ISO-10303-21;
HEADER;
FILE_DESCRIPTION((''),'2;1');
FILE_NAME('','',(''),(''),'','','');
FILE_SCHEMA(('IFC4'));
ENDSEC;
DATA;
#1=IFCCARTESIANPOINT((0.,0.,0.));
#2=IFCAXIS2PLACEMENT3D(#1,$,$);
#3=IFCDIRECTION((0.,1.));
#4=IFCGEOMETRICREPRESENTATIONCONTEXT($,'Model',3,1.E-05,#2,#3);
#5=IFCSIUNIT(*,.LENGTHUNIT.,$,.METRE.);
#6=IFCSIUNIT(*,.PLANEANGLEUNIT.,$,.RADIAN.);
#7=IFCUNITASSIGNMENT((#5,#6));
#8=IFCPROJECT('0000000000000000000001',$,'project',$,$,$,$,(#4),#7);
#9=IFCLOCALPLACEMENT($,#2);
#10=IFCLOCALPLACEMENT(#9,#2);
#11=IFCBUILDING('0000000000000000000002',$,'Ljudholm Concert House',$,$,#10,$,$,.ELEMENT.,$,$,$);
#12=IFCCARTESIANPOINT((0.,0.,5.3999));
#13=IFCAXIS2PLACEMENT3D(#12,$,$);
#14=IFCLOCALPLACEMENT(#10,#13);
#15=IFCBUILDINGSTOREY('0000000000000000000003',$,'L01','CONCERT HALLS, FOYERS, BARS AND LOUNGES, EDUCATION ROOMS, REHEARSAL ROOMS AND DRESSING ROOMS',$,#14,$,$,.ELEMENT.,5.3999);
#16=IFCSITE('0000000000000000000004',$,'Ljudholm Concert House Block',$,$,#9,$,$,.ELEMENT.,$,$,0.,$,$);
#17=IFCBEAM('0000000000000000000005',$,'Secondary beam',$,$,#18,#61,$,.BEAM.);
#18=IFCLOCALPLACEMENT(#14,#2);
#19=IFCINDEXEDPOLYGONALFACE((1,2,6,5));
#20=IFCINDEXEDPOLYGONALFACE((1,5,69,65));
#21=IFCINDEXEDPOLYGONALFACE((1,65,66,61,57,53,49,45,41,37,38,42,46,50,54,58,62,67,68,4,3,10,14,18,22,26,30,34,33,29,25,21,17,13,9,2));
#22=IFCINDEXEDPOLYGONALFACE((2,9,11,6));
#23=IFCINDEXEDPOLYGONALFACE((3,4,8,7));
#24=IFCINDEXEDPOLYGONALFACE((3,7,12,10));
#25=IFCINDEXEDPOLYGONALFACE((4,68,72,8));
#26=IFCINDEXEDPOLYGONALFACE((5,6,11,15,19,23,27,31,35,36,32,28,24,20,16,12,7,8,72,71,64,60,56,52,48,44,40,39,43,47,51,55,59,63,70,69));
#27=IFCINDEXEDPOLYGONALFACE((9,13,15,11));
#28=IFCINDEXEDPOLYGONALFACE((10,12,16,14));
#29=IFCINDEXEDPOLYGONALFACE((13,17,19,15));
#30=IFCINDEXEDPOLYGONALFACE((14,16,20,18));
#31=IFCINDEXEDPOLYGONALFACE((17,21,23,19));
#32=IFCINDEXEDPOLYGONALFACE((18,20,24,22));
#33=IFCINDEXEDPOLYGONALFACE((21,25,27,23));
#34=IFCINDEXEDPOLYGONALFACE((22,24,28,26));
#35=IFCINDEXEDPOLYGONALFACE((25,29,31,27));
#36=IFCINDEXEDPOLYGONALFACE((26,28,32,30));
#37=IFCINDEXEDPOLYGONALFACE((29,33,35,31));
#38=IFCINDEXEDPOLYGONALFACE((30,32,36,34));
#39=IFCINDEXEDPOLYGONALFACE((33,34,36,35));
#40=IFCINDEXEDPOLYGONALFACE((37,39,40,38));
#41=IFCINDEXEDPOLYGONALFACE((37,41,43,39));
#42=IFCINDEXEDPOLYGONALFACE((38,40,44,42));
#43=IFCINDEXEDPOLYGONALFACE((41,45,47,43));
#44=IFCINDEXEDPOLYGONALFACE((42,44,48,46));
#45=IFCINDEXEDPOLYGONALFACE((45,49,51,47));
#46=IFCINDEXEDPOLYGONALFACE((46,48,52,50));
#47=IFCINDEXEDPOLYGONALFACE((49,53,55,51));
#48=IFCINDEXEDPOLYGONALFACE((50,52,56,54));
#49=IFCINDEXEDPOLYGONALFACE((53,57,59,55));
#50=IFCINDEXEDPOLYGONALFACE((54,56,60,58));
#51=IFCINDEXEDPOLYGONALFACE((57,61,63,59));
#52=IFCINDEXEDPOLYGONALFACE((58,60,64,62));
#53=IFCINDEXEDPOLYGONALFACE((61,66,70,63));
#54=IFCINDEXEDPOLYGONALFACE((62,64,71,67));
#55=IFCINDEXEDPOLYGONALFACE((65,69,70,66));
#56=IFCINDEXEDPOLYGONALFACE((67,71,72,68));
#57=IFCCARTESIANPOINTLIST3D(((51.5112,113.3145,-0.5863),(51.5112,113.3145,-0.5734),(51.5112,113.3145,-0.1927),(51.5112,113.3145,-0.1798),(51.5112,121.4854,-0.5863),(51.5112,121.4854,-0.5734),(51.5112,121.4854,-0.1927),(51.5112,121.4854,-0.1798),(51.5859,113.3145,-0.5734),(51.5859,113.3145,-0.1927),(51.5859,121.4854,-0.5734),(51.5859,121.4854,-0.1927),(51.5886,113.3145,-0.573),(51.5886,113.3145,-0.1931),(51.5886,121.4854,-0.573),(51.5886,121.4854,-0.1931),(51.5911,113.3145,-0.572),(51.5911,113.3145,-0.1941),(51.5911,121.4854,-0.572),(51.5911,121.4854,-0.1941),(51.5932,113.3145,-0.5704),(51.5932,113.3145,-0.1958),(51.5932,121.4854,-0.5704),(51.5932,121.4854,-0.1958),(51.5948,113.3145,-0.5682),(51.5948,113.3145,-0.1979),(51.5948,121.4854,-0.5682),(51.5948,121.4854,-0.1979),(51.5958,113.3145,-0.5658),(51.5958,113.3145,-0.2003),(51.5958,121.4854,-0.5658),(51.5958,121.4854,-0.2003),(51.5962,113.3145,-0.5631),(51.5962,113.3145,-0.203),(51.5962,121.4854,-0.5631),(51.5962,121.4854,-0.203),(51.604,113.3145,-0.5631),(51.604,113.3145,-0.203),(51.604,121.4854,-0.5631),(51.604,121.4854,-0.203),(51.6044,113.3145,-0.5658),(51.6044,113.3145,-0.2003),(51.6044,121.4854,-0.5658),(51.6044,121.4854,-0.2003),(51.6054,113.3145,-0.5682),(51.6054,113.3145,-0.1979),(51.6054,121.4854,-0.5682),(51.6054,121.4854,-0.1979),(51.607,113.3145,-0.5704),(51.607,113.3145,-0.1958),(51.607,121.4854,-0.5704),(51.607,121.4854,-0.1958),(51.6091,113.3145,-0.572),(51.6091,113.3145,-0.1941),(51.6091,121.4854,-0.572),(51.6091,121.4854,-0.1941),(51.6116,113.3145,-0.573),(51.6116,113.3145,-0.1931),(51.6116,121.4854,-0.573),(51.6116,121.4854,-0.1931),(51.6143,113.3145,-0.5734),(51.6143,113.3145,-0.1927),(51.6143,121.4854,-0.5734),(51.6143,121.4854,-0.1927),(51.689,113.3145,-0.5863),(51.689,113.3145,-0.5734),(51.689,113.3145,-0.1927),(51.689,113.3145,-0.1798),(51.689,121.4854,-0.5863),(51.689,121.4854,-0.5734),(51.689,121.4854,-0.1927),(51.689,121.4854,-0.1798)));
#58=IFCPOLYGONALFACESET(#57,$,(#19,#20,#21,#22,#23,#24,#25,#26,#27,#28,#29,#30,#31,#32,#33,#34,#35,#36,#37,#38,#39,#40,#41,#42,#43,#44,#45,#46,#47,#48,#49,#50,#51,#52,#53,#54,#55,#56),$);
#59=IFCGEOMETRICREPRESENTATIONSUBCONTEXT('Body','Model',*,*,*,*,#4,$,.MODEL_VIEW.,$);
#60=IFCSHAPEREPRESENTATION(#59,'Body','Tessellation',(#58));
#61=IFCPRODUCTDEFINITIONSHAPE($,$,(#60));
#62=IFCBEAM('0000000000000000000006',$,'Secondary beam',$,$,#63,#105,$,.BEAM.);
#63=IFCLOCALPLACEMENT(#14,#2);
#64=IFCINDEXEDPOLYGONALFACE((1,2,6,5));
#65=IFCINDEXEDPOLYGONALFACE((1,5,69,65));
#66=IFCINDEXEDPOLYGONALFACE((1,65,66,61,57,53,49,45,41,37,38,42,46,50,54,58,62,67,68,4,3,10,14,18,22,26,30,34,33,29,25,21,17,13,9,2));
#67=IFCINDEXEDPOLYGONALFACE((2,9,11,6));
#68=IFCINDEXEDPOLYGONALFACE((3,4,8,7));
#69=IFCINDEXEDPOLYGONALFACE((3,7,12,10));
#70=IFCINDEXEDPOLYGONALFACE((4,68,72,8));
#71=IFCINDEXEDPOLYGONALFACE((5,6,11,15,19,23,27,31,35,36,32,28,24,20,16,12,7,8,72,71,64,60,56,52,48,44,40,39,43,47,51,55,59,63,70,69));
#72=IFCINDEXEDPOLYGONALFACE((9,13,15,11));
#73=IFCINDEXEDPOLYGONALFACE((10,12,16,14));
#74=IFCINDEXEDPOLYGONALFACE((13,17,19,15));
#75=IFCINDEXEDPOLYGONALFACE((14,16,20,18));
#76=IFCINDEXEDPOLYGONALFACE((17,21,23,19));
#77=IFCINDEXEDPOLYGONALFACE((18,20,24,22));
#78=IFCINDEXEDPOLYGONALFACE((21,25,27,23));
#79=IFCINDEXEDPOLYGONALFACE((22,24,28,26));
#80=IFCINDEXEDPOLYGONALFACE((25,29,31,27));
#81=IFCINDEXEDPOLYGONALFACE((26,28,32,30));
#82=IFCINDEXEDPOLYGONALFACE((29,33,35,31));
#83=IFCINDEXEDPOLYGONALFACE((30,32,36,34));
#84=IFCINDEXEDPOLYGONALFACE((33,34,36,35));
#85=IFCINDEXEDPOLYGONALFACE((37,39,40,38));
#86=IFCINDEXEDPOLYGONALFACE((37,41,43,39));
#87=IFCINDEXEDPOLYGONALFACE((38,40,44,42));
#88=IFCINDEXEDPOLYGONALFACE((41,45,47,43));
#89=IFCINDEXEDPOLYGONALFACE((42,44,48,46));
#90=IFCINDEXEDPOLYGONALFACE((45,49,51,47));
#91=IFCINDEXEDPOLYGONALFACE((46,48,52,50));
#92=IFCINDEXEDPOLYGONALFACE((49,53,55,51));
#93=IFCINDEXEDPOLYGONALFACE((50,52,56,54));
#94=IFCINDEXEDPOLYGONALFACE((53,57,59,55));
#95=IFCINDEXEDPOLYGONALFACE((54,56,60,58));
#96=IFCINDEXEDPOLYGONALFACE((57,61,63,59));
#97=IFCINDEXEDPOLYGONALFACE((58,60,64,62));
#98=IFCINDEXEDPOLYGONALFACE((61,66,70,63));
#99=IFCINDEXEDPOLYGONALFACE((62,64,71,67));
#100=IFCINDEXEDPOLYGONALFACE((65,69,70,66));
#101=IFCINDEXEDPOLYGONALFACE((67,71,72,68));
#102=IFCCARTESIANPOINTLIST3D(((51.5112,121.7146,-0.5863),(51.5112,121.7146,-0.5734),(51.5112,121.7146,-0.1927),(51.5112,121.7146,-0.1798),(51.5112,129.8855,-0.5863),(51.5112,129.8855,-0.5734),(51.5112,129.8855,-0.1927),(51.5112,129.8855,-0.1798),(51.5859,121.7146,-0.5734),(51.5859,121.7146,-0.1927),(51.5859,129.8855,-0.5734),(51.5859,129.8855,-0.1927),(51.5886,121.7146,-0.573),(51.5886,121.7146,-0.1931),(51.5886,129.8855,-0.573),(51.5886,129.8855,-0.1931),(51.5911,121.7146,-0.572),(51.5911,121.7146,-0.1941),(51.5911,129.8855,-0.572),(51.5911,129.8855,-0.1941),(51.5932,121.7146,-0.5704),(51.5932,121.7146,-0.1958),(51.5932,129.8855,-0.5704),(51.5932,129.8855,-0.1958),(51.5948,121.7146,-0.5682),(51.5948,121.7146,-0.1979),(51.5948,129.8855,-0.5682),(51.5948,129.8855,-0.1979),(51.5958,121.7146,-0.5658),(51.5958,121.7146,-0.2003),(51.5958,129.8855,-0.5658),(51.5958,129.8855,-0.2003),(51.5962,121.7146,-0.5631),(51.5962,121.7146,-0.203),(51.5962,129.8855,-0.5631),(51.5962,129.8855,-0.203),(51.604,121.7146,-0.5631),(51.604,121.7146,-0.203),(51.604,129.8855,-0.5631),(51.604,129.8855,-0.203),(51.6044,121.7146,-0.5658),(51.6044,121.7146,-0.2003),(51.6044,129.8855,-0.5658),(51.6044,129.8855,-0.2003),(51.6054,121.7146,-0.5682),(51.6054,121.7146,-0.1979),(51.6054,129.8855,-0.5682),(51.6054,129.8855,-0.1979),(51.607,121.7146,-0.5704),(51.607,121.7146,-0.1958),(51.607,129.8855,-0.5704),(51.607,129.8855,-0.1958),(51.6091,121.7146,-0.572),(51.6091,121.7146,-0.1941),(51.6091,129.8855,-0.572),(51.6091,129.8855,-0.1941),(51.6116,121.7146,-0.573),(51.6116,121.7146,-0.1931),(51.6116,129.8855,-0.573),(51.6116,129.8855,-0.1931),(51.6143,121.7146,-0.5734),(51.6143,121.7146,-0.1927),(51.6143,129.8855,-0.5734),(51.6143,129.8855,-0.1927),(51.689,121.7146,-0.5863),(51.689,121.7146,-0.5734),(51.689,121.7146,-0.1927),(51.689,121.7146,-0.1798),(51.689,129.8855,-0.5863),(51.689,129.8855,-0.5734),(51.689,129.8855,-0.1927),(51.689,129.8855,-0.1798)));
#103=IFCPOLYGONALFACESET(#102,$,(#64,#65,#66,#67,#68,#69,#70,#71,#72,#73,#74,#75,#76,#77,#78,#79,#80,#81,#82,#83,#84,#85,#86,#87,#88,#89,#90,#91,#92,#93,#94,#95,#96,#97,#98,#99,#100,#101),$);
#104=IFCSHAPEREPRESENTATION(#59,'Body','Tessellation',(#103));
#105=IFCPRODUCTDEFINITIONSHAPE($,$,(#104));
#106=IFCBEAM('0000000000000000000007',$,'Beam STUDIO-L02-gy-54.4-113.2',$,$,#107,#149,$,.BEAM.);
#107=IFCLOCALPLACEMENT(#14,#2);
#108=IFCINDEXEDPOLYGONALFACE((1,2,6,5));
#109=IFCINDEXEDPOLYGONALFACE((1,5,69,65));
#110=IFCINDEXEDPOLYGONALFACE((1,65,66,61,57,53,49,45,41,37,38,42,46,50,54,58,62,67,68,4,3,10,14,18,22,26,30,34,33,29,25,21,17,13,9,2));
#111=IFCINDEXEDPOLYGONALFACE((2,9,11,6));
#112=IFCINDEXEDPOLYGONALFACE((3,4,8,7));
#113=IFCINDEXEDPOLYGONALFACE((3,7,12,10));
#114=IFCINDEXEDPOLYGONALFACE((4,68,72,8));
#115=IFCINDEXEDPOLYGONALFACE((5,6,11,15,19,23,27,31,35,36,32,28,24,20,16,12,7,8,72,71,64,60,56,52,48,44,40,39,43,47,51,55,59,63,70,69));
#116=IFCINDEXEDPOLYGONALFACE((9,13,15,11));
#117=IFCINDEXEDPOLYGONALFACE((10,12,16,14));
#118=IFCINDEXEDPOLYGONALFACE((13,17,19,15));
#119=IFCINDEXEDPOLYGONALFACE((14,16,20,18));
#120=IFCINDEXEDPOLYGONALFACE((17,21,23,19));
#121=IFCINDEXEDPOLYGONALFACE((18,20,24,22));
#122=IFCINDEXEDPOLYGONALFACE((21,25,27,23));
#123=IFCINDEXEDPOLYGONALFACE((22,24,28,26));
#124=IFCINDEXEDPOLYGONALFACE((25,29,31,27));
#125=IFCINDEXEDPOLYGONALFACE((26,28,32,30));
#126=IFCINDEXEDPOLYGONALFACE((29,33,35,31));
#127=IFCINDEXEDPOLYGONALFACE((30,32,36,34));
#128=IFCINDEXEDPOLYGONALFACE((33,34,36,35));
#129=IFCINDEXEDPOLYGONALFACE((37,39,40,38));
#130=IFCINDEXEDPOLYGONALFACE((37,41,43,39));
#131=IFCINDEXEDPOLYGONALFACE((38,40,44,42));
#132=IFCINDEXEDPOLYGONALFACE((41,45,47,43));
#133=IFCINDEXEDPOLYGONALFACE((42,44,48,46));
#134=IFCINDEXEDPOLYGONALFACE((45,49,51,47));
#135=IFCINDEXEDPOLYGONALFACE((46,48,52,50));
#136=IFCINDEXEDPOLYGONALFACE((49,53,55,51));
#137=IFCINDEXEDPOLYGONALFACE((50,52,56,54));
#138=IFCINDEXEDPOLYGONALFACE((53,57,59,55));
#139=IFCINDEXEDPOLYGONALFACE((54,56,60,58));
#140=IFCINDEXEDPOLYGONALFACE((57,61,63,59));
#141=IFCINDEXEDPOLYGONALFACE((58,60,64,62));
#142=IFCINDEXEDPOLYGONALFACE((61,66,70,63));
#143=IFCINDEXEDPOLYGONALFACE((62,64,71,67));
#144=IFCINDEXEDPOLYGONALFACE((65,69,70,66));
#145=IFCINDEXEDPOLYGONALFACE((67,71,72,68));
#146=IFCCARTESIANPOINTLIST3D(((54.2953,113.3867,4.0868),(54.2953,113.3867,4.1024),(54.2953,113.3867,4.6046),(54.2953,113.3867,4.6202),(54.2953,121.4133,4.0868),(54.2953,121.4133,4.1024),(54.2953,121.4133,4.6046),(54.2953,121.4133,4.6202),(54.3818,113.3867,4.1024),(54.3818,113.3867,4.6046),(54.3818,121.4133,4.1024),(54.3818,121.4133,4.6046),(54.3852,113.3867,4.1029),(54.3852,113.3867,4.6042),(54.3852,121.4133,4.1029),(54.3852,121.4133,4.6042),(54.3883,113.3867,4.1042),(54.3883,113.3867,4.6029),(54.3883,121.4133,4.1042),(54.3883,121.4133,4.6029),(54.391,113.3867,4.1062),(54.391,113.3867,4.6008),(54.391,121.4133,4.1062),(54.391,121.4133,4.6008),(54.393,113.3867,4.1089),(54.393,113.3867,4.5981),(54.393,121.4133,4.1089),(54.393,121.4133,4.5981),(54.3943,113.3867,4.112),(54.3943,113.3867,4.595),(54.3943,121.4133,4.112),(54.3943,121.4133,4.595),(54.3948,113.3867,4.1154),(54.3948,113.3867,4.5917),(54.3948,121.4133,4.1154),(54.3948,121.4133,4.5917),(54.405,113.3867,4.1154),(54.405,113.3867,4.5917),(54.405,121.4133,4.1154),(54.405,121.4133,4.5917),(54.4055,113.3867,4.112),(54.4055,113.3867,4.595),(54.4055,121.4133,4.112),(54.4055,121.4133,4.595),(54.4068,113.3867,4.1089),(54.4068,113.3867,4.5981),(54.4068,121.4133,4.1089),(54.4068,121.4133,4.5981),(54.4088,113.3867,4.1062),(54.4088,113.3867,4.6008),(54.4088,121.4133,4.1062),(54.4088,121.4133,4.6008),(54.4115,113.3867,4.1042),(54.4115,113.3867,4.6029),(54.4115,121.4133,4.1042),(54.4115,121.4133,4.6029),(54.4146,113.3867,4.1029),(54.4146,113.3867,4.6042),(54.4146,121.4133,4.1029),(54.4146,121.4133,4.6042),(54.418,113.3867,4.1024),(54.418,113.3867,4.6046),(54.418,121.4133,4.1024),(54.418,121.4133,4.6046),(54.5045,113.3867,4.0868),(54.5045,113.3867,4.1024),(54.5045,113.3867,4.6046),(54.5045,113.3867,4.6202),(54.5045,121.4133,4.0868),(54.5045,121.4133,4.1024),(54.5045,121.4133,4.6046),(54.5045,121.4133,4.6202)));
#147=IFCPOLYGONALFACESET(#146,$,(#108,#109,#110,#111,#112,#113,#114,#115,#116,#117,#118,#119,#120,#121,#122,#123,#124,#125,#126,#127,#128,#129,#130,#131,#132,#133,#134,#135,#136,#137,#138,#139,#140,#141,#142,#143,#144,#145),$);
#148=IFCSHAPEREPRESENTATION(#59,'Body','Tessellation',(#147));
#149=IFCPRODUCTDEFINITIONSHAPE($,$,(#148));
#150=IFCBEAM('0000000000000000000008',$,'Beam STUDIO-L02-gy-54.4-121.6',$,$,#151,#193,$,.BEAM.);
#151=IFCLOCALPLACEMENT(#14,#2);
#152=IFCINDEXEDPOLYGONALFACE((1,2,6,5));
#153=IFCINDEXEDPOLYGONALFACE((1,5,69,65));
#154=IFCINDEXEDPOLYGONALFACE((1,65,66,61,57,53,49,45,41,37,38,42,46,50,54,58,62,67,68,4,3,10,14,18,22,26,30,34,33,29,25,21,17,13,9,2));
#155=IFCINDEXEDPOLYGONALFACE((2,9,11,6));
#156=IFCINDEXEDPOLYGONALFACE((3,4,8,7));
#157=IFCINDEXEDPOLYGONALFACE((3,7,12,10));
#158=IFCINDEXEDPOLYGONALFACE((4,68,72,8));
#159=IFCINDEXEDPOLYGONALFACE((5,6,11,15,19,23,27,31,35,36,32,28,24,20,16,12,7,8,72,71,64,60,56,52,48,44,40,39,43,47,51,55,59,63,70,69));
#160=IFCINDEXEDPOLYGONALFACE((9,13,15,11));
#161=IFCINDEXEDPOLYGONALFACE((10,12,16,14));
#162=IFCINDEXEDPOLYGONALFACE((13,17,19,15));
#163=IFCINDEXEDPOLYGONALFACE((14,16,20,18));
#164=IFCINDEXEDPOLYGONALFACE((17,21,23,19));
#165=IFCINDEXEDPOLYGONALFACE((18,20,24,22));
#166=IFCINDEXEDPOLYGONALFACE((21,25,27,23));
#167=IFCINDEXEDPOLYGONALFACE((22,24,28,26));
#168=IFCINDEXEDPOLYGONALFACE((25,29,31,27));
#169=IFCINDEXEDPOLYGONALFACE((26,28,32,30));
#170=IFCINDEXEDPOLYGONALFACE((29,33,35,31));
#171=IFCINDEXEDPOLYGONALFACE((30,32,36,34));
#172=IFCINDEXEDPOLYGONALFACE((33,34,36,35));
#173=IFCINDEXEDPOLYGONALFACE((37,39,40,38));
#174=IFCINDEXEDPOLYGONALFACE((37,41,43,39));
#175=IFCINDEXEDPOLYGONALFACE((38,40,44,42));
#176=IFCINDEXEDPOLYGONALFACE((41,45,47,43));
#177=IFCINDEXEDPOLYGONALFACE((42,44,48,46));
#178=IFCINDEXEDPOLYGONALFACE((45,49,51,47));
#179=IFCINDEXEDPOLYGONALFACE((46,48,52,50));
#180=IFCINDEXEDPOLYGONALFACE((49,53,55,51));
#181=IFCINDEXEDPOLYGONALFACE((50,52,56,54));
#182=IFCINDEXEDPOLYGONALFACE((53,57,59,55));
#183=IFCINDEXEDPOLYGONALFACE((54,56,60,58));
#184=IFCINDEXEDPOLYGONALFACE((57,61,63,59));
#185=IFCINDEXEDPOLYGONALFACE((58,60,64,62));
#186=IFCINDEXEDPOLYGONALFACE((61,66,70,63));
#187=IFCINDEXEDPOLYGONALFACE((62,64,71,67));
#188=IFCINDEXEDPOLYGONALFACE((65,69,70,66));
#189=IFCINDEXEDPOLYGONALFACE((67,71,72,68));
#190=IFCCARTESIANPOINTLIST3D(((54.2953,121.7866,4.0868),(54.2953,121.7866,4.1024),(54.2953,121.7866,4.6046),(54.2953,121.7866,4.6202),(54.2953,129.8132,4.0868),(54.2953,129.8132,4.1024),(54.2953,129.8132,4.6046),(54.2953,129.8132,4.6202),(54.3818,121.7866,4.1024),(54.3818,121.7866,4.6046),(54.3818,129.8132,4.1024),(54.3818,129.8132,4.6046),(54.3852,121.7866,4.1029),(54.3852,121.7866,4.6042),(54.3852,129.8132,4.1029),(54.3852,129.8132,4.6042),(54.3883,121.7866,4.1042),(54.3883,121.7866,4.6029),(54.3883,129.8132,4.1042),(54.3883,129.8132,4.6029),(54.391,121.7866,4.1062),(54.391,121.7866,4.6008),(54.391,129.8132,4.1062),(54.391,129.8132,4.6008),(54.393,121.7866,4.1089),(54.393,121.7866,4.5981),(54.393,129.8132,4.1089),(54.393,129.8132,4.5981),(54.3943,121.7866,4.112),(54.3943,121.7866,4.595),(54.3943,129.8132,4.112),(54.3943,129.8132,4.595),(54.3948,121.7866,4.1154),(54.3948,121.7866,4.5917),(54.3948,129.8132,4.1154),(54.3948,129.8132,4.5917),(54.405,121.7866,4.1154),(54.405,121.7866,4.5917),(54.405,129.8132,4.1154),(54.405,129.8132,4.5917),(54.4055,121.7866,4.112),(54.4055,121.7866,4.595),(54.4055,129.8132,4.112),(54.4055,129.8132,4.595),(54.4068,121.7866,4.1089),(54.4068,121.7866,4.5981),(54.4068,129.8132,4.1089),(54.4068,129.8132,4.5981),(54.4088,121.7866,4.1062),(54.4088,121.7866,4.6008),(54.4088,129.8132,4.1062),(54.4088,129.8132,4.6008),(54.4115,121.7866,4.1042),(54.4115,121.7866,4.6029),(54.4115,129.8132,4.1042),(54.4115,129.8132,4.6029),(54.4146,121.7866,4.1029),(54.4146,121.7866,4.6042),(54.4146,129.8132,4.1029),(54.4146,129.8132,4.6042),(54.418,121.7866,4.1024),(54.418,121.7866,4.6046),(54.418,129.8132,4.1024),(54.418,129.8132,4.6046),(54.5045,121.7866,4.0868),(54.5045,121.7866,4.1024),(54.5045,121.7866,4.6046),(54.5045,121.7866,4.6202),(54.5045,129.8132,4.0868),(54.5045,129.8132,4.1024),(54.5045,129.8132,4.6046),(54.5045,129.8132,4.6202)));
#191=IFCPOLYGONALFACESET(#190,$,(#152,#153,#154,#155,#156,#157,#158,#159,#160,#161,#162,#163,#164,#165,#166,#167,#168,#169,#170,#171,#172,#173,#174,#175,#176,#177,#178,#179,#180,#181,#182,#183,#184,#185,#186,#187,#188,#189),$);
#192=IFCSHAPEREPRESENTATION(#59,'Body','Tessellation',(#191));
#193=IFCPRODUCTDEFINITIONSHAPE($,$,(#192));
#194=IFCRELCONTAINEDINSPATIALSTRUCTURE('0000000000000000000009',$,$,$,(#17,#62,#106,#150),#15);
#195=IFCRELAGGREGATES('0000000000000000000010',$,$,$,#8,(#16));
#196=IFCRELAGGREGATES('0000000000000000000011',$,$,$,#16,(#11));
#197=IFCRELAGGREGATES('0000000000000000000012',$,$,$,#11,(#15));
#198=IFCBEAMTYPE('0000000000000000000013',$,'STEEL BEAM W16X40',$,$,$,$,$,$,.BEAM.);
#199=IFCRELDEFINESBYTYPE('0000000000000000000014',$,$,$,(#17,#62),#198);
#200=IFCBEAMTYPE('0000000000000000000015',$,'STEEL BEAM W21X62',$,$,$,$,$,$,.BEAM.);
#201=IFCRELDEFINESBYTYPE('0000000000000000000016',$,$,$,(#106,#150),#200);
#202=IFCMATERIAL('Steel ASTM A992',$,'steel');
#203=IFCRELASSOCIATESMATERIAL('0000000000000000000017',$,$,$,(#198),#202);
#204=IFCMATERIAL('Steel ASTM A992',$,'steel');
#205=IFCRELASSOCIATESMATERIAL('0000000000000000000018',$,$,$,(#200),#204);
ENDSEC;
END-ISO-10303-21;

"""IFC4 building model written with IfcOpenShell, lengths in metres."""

from ifc_helpers import new_model, si_unit, direction, frame, origin, origin_2d, place, context, subcontext, project, spatial, i_section, extrude, material, material_profile, profile_set, type_object, element, save


model = new_model("IFC4")

# Units and contexts
model_context = context("Model", 3, precision=1e-05, world=origin(), true_north=direction((0.0, 1.0)))
body_context = subcontext(model_context, "Body", "Model", "MODEL_VIEW")
ifc_project = project(units=[si_unit("LENGTHUNIT", "METRE"), si_unit("PLANEANGLEUNIT", "RADIAN")], contexts=[model_context])

# Site, building, storey
site_placement = place(None, origin())
site = spatial("IfcSite", under=ifc_project, at=site_placement, Name="Ljudholm Concert House Block", CompositionType="ELEMENT", RefElevation=0.0)
building_placement = place(site_placement, origin())
building = spatial("IfcBuilding", under=site, at=building_placement, Name="Ljudholm Concert House", CompositionType="ELEMENT")
storey_placement = place(building_placement, frame((0.0, 0.0, 5.3999)))
storey = spatial("IfcBuildingStorey", under=building, at=storey_placement, Name="L01", Description="CONCERT HALLS, FOYERS, BARS AND LOUNGES, EDUCATION ROOMS, REHEARSAL ROOMS AND DRESSING ROOMS", CompositionType="ELEMENT", Elevation=5.3999)

# Beams
ifc_material_1 = material(Name="Steel ASTM A992", Category="steel")
ifc_material_profile_1 = material_profile(ifc_material_1, i_section(OverallWidth=0.1777, OverallDepth=0.4065, WebThickness=0.0078, FlangeThickness=0.0129, FilletRadius=0.0103, at=origin_2d()), Name="W16X40")
ifc_profile_set_1 = profile_set([ifc_material_profile_1], Name="Steel ASTM A992")
beam_type_1 = type_object("IfcBeamType", Name="STEEL BEAM W16X40", PredefinedType="BEAM", material=ifc_profile_set_1)
for number, where, z_axis, x_axis, name in (
    (1, (51.6001, 113.3145, -0.3831), (0.0, 1.0, 0.0), (-1.0, 0.0, 0.0), "Secondary beam"),
    (2, (51.6001, 121.7146, -0.3831), (0.0, 1.0, 0.0), (-1.0, 0.0, 0.0), "Secondary beam"),
):
    element("IfcBeam", number, at=place(storey_placement, frame(where, z_axis=z_axis, x_axis=x_axis)), inside=storey, type_object=beam_type_1, Name=name, PredefinedType="BEAM", context=body_context, shape_type="SweptSolid", body=[
        extrude(i_section(OverallWidth=0.1777, OverallDepth=0.4065, WebThickness=0.0078, FlangeThickness=0.0129, FilletRadius=0.0103, at=origin_2d()), origin(), (0.0, 0.0, 1.0), 8.1709),
    ])
ifc_material_2 = material(Name="Steel ASTM A992", Category="steel")
ifc_material_profile_2 = material_profile(ifc_material_2, i_section(OverallWidth=0.2092, OverallDepth=0.5334, WebThickness=0.0103, FlangeThickness=0.0156, FilletRadius=0.0129, at=origin_2d()), Name="W21X62")
ifc_profile_set_2 = profile_set([ifc_material_profile_2], Name="Steel ASTM A992")
beam_type_2 = type_object("IfcBeamType", Name="STEEL BEAM W21X62", PredefinedType="BEAM", material=ifc_profile_set_2)
for number, where, z_axis, x_axis, name in (
    (3, (54.3999, 113.3867, 4.3535), (0.0, 1.0, 0.0), (-1.0, 0.0, 0.0), "Beam STUDIO-L02-gy-54.4-113.2"),
    (4, (54.3999, 121.7866, 4.3535), (0.0, 1.0, 0.0), (-1.0, 0.0, 0.0), "Beam STUDIO-L02-gy-54.4-121.6"),
):
    element("IfcBeam", number, at=place(storey_placement, frame(where, z_axis=z_axis, x_axis=x_axis)), inside=storey, type_object=beam_type_2, Name=name, PredefinedType="BEAM", context=body_context, shape_type="SweptSolid", body=[
        extrude(i_section(OverallWidth=0.2092, OverallDepth=0.5334, WebThickness=0.0103, FlangeThickness=0.0156, FilletRadius=0.0129, at=origin_2d()), origin(), (0.0, 0.0, 1.0), 8.0266),
    ])

save(model, "model.ifc")
